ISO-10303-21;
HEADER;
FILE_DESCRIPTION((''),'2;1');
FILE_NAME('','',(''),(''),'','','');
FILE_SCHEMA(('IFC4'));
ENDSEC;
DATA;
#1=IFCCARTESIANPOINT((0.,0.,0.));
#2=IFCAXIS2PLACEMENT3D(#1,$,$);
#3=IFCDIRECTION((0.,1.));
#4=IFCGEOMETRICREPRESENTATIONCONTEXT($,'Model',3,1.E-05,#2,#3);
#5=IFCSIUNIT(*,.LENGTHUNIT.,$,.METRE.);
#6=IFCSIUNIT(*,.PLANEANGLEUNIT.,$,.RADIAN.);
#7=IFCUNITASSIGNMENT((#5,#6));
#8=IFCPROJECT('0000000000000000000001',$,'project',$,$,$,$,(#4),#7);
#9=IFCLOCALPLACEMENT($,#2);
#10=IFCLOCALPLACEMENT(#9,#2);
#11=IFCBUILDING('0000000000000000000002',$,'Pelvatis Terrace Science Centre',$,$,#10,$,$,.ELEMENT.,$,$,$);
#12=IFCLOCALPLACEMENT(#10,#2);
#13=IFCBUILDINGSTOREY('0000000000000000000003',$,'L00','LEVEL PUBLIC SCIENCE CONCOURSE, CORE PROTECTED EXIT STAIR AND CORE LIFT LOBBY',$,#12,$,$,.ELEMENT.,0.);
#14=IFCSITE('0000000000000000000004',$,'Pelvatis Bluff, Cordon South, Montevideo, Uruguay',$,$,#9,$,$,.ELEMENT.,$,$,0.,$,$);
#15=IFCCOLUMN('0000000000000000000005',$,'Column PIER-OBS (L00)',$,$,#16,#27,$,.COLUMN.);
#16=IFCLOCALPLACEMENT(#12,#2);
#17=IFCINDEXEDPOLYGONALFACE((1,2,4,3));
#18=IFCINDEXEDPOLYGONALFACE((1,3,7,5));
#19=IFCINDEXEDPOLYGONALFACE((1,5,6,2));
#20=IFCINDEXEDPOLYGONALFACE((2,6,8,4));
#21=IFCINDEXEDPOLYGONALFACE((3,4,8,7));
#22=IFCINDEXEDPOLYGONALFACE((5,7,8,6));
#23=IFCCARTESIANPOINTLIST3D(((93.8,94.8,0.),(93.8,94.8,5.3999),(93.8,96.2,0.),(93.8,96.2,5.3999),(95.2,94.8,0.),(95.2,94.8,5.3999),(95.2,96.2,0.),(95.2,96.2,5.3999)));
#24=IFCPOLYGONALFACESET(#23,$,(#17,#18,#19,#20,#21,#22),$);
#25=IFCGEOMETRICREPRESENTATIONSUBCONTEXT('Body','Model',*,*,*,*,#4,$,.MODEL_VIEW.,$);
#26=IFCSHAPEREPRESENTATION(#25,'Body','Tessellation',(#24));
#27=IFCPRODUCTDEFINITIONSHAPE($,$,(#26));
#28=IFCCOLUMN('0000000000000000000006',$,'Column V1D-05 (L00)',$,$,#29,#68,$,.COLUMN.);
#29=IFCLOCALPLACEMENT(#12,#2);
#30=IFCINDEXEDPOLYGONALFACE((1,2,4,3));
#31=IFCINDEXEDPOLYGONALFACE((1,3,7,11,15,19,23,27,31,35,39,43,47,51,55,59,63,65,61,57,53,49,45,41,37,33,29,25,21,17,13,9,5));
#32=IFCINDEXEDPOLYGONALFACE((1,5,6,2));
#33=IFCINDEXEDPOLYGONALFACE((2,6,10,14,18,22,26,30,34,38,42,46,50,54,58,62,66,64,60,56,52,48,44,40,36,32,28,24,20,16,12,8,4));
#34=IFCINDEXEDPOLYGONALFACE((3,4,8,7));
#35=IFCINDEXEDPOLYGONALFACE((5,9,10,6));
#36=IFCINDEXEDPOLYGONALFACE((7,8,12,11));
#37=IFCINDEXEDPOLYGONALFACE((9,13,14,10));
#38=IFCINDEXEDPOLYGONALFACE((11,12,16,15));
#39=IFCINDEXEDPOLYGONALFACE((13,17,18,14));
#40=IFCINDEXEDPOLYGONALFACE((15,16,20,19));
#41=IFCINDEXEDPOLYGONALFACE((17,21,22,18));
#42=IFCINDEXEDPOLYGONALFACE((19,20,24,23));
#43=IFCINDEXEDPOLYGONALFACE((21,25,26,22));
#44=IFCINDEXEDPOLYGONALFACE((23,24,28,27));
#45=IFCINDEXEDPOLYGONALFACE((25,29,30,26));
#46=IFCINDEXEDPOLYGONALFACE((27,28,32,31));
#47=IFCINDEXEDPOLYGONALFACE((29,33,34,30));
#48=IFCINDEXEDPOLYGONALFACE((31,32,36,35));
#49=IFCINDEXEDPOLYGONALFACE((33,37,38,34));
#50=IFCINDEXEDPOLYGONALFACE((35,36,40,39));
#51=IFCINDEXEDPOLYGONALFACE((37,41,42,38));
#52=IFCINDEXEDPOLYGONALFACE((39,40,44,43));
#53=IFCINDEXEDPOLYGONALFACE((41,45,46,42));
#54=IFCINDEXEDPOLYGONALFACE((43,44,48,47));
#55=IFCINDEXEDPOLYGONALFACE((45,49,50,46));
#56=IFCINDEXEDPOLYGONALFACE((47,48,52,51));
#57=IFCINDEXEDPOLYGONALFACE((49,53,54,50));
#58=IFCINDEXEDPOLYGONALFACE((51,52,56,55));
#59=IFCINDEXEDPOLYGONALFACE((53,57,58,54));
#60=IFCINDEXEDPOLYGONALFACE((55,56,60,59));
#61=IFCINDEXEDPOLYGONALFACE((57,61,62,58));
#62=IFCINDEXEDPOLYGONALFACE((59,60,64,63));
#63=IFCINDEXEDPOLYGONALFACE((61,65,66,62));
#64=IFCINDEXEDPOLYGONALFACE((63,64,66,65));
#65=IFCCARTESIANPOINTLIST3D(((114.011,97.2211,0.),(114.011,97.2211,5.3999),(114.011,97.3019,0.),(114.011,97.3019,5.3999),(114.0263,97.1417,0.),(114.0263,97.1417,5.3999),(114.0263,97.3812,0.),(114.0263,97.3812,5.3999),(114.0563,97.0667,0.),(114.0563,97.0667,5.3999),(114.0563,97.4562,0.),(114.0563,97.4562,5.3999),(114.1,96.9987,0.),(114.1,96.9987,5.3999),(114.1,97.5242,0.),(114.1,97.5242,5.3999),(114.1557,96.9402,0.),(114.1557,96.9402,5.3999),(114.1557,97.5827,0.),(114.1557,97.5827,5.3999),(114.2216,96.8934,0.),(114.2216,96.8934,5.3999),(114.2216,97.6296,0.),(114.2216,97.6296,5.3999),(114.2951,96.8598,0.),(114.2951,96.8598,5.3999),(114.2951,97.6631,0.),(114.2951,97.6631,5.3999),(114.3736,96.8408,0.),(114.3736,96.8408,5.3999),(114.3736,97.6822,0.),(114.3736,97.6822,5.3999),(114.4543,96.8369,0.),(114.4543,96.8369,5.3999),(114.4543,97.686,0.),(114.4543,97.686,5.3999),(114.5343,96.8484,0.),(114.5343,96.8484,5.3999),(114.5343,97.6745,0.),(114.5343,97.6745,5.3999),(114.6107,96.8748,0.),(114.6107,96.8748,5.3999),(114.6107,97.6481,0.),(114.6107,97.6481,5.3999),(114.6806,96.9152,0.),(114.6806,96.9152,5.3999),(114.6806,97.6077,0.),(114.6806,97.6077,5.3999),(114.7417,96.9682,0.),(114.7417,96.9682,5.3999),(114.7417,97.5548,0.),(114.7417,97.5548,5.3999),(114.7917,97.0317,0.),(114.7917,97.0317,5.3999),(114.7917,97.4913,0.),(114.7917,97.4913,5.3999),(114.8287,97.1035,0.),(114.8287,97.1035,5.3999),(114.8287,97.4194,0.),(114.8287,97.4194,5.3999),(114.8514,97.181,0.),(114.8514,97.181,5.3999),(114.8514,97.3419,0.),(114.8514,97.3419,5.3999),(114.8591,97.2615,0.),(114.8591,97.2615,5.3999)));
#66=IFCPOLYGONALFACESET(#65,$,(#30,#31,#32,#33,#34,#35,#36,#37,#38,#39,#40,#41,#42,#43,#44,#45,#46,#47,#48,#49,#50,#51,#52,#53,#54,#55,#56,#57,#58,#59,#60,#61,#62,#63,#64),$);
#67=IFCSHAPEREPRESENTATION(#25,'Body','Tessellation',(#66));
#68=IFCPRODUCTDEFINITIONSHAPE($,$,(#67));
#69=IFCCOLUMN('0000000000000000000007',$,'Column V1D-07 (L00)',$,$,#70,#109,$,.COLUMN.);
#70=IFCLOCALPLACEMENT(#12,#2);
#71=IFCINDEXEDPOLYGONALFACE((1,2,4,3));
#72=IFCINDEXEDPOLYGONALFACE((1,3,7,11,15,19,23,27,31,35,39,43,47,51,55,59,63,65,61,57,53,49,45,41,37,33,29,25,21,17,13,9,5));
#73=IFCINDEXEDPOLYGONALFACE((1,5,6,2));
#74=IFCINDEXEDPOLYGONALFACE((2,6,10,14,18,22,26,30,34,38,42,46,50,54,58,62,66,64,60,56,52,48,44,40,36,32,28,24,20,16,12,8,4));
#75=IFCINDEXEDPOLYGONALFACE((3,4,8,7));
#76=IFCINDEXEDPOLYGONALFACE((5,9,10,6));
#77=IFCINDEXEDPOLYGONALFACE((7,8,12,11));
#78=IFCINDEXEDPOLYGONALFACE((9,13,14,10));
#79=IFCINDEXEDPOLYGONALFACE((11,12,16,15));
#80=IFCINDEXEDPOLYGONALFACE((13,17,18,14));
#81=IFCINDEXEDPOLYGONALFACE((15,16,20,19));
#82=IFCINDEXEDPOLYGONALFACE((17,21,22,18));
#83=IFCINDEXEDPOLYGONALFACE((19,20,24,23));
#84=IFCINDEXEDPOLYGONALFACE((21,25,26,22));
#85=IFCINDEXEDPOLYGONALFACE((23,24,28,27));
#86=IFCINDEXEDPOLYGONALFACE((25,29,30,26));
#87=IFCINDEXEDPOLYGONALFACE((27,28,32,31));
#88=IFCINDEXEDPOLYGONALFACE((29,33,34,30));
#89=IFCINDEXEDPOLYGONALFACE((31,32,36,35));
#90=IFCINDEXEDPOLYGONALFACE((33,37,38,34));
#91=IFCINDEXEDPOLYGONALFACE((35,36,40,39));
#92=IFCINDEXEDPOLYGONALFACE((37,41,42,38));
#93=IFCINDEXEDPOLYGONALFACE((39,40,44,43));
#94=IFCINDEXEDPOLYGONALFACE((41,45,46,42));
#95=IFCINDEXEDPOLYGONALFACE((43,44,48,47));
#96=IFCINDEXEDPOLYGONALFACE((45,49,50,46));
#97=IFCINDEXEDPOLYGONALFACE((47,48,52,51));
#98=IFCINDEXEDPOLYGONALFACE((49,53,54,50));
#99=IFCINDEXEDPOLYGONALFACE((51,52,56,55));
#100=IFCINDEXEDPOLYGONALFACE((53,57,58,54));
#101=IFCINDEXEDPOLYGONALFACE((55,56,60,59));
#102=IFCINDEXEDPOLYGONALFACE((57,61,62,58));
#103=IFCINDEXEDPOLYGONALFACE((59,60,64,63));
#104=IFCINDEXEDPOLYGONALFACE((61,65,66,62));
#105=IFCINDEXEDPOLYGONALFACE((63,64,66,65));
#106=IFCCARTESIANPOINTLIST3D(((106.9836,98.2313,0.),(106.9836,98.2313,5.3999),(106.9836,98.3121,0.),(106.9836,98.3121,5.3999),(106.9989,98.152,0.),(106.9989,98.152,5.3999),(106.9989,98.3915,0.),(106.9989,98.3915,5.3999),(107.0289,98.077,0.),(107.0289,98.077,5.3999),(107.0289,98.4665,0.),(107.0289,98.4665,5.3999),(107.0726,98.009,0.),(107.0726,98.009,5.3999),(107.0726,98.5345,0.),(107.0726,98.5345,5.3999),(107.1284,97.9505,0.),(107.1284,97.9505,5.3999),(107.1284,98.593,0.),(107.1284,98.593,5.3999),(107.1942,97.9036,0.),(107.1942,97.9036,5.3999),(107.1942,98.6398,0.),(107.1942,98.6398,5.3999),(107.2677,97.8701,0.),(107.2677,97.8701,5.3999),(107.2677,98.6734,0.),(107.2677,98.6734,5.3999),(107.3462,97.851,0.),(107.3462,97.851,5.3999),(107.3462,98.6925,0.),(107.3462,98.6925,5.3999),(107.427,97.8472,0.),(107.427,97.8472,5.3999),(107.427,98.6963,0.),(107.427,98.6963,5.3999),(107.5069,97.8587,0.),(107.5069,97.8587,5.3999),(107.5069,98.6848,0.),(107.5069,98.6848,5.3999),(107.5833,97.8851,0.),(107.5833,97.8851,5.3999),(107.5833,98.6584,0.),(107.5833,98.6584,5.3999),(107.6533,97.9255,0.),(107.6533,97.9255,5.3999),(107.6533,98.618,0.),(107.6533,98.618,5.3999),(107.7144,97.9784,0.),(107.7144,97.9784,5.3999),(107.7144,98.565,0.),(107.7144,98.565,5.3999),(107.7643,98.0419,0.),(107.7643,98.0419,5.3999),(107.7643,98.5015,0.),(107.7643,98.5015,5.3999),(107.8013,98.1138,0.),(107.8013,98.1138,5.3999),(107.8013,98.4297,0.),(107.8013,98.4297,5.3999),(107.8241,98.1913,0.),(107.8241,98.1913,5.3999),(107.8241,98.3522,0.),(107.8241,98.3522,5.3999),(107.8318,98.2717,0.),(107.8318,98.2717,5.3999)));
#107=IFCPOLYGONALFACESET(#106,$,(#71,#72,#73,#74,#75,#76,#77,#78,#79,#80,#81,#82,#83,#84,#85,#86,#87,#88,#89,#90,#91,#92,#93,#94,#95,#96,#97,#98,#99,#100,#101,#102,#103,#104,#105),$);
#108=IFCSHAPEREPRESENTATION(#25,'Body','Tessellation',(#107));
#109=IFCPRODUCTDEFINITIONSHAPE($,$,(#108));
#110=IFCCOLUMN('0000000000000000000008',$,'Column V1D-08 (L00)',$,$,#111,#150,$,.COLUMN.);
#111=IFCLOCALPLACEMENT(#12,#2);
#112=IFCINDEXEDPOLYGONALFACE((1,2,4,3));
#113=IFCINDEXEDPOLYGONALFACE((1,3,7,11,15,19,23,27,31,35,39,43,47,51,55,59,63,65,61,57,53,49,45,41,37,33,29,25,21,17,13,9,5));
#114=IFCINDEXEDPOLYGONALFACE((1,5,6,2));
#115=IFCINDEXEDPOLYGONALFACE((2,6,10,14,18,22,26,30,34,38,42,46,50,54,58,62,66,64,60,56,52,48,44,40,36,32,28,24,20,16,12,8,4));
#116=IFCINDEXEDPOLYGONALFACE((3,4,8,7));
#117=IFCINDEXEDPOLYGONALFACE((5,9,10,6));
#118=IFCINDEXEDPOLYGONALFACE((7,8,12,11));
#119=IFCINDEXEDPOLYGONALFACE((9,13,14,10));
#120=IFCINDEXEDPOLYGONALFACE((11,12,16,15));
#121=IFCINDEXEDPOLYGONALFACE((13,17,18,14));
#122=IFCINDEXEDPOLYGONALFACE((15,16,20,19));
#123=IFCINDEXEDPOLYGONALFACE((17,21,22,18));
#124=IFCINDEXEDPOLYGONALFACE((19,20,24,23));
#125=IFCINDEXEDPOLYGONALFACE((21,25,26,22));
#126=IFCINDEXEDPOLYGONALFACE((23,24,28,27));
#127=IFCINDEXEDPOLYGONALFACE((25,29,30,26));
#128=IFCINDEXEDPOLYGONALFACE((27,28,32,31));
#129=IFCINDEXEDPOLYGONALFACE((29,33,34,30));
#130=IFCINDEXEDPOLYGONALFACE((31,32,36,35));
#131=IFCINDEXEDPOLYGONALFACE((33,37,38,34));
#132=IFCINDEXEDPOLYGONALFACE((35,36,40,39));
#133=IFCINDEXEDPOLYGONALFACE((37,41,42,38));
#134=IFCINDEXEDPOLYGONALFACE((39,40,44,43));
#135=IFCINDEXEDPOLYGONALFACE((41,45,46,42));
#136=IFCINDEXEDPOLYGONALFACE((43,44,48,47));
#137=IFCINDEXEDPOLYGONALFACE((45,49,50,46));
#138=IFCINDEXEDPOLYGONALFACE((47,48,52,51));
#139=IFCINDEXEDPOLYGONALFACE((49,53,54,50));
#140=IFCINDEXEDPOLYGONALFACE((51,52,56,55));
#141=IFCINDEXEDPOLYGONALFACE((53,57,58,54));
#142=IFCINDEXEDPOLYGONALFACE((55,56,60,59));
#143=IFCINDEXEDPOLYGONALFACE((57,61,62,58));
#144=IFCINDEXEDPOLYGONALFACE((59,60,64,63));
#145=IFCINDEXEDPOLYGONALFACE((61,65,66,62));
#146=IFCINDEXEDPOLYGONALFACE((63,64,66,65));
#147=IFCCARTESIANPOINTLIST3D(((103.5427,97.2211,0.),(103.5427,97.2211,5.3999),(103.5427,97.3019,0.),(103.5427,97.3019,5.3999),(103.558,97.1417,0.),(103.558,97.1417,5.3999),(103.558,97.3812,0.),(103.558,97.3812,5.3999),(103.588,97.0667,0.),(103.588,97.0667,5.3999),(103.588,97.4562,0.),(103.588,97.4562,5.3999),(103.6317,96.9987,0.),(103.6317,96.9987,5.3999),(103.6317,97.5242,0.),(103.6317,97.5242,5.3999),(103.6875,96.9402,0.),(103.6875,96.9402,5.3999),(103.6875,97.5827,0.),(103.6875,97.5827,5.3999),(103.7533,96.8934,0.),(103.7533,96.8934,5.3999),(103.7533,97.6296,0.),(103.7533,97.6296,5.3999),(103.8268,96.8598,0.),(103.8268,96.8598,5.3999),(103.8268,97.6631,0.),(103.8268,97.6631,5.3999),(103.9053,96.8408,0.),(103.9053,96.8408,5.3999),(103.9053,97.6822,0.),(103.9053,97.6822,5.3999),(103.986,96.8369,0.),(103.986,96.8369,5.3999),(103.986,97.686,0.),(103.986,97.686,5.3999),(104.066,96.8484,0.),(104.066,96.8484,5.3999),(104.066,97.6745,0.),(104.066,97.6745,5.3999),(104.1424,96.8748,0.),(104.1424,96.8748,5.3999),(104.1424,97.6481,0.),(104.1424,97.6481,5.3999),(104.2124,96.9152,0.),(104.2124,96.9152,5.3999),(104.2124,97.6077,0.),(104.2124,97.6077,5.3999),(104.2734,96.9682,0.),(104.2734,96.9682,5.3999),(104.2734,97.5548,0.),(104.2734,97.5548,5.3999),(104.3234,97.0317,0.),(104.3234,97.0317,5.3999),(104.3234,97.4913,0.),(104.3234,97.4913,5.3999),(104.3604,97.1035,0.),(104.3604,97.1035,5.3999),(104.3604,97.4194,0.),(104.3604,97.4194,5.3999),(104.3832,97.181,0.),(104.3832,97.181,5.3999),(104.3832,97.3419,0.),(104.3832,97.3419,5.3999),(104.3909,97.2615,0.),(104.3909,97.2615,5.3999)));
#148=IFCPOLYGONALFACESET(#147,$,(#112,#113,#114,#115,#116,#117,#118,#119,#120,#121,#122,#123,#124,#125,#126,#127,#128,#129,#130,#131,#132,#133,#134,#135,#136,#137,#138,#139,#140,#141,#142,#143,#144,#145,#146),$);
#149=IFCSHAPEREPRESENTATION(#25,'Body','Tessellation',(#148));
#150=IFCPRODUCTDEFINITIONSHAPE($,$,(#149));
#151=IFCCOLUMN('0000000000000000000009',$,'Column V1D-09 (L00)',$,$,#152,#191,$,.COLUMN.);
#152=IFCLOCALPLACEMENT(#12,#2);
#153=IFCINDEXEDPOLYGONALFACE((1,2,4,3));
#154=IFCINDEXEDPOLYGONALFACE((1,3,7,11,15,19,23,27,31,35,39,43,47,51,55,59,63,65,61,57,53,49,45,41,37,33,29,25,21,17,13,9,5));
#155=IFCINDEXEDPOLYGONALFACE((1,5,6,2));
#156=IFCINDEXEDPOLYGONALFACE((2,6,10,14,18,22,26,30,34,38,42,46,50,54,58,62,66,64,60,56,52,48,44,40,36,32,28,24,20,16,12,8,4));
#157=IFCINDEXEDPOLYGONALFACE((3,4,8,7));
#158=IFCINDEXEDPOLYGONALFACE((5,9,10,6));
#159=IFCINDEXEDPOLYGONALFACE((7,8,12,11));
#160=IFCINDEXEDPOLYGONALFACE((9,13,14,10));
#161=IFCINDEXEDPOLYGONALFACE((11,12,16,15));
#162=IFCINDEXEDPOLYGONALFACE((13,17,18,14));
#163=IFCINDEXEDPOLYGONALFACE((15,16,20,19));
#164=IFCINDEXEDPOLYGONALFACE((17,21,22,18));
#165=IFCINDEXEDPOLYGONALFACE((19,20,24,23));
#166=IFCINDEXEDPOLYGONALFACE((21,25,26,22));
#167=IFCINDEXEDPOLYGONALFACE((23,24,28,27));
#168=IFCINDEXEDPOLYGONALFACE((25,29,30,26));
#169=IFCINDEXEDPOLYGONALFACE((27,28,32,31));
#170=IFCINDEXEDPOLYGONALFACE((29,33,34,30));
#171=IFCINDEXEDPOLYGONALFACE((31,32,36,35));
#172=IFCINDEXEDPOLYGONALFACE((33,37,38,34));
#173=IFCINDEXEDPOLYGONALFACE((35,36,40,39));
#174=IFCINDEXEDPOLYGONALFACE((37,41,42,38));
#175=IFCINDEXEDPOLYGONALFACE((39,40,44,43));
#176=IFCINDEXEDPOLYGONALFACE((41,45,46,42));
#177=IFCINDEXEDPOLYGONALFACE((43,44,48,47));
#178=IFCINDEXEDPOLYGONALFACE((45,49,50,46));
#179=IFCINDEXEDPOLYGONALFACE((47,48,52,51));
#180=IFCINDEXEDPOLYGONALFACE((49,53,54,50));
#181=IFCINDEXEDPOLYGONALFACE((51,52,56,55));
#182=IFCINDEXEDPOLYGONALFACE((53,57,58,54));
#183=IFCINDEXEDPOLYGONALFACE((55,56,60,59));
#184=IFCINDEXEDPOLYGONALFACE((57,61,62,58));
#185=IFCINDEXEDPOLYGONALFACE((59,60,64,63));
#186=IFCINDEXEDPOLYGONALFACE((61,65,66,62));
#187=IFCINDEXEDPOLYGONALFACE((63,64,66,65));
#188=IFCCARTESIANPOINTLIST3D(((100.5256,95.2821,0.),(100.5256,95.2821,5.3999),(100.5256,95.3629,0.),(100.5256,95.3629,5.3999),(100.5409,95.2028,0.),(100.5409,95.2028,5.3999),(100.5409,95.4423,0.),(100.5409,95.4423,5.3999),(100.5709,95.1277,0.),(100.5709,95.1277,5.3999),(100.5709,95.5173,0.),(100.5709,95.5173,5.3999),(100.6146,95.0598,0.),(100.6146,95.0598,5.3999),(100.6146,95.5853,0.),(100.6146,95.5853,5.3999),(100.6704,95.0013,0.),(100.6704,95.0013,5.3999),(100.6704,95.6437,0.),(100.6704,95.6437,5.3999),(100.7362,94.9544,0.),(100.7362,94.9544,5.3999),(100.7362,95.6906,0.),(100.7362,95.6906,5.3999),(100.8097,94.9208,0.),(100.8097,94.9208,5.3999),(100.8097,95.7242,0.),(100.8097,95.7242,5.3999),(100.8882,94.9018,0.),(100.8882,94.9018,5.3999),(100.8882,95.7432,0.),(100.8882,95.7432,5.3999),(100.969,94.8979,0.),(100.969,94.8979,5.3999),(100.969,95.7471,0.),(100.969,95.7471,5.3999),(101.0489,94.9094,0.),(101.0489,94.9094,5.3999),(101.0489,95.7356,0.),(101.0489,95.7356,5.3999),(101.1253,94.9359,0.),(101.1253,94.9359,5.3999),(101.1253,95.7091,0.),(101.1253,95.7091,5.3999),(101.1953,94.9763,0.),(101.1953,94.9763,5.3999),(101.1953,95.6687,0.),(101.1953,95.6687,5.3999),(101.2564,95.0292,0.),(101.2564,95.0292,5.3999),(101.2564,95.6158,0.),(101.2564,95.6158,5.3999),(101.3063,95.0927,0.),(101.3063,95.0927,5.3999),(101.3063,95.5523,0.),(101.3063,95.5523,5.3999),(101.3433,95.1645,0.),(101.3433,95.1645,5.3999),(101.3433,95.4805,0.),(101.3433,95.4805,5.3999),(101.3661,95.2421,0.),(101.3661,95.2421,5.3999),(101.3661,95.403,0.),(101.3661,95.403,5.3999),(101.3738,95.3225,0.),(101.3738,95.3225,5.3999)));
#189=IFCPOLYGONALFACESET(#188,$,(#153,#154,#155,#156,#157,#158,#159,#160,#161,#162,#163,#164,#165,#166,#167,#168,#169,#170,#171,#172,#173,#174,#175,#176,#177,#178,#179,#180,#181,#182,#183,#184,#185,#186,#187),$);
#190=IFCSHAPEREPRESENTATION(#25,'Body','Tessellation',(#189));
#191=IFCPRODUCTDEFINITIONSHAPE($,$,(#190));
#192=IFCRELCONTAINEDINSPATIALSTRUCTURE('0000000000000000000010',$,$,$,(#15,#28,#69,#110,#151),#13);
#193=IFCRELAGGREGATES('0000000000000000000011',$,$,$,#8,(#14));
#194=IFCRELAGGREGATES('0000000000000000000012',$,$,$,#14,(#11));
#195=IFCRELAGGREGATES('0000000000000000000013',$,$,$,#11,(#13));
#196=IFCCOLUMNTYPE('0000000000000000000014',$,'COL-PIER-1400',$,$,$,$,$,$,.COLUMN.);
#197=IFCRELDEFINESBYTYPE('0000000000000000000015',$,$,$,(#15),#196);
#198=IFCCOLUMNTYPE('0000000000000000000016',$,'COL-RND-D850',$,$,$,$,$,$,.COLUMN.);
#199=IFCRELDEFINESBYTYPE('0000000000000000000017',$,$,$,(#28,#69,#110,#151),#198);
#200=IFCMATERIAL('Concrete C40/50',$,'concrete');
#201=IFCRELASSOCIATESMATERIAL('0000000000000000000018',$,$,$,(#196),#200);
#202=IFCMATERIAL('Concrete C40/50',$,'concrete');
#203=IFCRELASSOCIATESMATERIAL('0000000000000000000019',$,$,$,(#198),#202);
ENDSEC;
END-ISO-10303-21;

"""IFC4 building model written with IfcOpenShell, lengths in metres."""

from ifc_helpers import new_model, si_unit, direction, frame, origin, origin_2d, place, context, subcontext, project, spatial, rectangle, circle, extrude, material, material_profile, profile_set, type_object, element, save


model = new_model("IFC4")

# Units and contexts
model_context = context("Model", 3, precision=1e-05, world=origin(), true_north=direction((0.0, 1.0)))
body_context = subcontext(model_context, "Body", "Model", "MODEL_VIEW")
ifc_project = project(units=[si_unit("LENGTHUNIT", "METRE"), si_unit("PLANEANGLEUNIT", "RADIAN")], contexts=[model_context])

# Site, building, storey
site_placement = place(None, origin())
site = spatial("IfcSite", under=ifc_project, at=site_placement, Name="Pelvatis Bluff, Cordon South, Montevideo, Uruguay", CompositionType="ELEMENT", RefElevation=0.0)
building_placement = place(site_placement, origin())
building = spatial("IfcBuilding", under=site, at=building_placement, Name="Pelvatis Terrace Science Centre", CompositionType="ELEMENT")
storey_placement = place(building_placement, origin())
storey = spatial("IfcBuildingStorey", under=building, at=storey_placement, Name="L00", Description="LEVEL PUBLIC SCIENCE CONCOURSE, CORE PROTECTED EXIT STAIR AND CORE LIFT LOBBY", CompositionType="ELEMENT", Elevation=0.0)

# Columns
ifc_material_1 = material(Name="Concrete C40/50", Category="concrete")
ifc_material_profile_1 = material_profile(ifc_material_1, rectangle(XDim=1.3999, YDim=1.3999, at=origin_2d()), Name="RC-COL 1400x1400")
ifc_profile_set_1 = profile_set([ifc_material_profile_1], Name="Concrete C40/50")
column_type_1 = type_object("IfcColumnType", Name="COL-PIER-1400", PredefinedType="COLUMN", material=ifc_profile_set_1)
column_placement = place(storey_placement, frame((94.5, 95.5, 0.0), z_axis=(0.0, 0.0, 1.0), x_axis=(1.0, 0.0, 0.0)))
element("IfcColumn", 1, at=column_placement, inside=storey, type_object=column_type_1, Name="Column PIER-OBS (L00)", PredefinedType="COLUMN", context=body_context, shape_type="SweptSolid", body=[
    extrude(rectangle(XDim=1.3999, YDim=1.3999, at=origin_2d()), origin(), (0.0, 0.0, 1.0), 5.3999),
])
ifc_material_2 = material(Name="Concrete C40/50", Category="concrete")
ifc_material_profile_2 = material_profile(ifc_material_2, circle(Radius=0.425, at=origin_2d()), Name="RC-RCOL D850")
ifc_profile_set_2 = profile_set([ifc_material_profile_2], Name="Concrete C40/50")
column_type_2 = type_object("IfcColumnType", Name="COL-RND-D850", PredefinedType="COLUMN", material=ifc_profile_set_2)
for number, where, z_axis, x_axis, name in (
    (2, (114.4341, 97.2615, 0.0), (0.0, 0.0, 1.0), (1.0, 0.0, 0.0), "Column V1D-05 (L00)"),
    (3, (107.4067, 98.2717, 0.0), (0.0, 0.0, 1.0), (1.0, 0.0, 0.0), "Column V1D-07 (L00)"),
    (4, (103.9658, 97.2615, 0.0), (0.0, 0.0, 1.0), (1.0, 0.0, 0.0), "Column V1D-08 (L00)"),
    (5, (100.9487, 95.3225, 0.0), (0.0, 0.0, 1.0), (1.0, 0.0, 0.0), "Column V1D-09 (L00)"),
):
    element("IfcColumn", number, at=place(storey_placement, frame(where, z_axis=z_axis, x_axis=x_axis)), inside=storey, type_object=column_type_2, Name=name, PredefinedType="COLUMN", context=body_context, shape_type="SweptSolid", body=[
        extrude(circle(Radius=0.425, at=origin_2d()), origin(), (0.0, 0.0, 1.0), 5.3999),
    ])

save(model, "model.ifc")
